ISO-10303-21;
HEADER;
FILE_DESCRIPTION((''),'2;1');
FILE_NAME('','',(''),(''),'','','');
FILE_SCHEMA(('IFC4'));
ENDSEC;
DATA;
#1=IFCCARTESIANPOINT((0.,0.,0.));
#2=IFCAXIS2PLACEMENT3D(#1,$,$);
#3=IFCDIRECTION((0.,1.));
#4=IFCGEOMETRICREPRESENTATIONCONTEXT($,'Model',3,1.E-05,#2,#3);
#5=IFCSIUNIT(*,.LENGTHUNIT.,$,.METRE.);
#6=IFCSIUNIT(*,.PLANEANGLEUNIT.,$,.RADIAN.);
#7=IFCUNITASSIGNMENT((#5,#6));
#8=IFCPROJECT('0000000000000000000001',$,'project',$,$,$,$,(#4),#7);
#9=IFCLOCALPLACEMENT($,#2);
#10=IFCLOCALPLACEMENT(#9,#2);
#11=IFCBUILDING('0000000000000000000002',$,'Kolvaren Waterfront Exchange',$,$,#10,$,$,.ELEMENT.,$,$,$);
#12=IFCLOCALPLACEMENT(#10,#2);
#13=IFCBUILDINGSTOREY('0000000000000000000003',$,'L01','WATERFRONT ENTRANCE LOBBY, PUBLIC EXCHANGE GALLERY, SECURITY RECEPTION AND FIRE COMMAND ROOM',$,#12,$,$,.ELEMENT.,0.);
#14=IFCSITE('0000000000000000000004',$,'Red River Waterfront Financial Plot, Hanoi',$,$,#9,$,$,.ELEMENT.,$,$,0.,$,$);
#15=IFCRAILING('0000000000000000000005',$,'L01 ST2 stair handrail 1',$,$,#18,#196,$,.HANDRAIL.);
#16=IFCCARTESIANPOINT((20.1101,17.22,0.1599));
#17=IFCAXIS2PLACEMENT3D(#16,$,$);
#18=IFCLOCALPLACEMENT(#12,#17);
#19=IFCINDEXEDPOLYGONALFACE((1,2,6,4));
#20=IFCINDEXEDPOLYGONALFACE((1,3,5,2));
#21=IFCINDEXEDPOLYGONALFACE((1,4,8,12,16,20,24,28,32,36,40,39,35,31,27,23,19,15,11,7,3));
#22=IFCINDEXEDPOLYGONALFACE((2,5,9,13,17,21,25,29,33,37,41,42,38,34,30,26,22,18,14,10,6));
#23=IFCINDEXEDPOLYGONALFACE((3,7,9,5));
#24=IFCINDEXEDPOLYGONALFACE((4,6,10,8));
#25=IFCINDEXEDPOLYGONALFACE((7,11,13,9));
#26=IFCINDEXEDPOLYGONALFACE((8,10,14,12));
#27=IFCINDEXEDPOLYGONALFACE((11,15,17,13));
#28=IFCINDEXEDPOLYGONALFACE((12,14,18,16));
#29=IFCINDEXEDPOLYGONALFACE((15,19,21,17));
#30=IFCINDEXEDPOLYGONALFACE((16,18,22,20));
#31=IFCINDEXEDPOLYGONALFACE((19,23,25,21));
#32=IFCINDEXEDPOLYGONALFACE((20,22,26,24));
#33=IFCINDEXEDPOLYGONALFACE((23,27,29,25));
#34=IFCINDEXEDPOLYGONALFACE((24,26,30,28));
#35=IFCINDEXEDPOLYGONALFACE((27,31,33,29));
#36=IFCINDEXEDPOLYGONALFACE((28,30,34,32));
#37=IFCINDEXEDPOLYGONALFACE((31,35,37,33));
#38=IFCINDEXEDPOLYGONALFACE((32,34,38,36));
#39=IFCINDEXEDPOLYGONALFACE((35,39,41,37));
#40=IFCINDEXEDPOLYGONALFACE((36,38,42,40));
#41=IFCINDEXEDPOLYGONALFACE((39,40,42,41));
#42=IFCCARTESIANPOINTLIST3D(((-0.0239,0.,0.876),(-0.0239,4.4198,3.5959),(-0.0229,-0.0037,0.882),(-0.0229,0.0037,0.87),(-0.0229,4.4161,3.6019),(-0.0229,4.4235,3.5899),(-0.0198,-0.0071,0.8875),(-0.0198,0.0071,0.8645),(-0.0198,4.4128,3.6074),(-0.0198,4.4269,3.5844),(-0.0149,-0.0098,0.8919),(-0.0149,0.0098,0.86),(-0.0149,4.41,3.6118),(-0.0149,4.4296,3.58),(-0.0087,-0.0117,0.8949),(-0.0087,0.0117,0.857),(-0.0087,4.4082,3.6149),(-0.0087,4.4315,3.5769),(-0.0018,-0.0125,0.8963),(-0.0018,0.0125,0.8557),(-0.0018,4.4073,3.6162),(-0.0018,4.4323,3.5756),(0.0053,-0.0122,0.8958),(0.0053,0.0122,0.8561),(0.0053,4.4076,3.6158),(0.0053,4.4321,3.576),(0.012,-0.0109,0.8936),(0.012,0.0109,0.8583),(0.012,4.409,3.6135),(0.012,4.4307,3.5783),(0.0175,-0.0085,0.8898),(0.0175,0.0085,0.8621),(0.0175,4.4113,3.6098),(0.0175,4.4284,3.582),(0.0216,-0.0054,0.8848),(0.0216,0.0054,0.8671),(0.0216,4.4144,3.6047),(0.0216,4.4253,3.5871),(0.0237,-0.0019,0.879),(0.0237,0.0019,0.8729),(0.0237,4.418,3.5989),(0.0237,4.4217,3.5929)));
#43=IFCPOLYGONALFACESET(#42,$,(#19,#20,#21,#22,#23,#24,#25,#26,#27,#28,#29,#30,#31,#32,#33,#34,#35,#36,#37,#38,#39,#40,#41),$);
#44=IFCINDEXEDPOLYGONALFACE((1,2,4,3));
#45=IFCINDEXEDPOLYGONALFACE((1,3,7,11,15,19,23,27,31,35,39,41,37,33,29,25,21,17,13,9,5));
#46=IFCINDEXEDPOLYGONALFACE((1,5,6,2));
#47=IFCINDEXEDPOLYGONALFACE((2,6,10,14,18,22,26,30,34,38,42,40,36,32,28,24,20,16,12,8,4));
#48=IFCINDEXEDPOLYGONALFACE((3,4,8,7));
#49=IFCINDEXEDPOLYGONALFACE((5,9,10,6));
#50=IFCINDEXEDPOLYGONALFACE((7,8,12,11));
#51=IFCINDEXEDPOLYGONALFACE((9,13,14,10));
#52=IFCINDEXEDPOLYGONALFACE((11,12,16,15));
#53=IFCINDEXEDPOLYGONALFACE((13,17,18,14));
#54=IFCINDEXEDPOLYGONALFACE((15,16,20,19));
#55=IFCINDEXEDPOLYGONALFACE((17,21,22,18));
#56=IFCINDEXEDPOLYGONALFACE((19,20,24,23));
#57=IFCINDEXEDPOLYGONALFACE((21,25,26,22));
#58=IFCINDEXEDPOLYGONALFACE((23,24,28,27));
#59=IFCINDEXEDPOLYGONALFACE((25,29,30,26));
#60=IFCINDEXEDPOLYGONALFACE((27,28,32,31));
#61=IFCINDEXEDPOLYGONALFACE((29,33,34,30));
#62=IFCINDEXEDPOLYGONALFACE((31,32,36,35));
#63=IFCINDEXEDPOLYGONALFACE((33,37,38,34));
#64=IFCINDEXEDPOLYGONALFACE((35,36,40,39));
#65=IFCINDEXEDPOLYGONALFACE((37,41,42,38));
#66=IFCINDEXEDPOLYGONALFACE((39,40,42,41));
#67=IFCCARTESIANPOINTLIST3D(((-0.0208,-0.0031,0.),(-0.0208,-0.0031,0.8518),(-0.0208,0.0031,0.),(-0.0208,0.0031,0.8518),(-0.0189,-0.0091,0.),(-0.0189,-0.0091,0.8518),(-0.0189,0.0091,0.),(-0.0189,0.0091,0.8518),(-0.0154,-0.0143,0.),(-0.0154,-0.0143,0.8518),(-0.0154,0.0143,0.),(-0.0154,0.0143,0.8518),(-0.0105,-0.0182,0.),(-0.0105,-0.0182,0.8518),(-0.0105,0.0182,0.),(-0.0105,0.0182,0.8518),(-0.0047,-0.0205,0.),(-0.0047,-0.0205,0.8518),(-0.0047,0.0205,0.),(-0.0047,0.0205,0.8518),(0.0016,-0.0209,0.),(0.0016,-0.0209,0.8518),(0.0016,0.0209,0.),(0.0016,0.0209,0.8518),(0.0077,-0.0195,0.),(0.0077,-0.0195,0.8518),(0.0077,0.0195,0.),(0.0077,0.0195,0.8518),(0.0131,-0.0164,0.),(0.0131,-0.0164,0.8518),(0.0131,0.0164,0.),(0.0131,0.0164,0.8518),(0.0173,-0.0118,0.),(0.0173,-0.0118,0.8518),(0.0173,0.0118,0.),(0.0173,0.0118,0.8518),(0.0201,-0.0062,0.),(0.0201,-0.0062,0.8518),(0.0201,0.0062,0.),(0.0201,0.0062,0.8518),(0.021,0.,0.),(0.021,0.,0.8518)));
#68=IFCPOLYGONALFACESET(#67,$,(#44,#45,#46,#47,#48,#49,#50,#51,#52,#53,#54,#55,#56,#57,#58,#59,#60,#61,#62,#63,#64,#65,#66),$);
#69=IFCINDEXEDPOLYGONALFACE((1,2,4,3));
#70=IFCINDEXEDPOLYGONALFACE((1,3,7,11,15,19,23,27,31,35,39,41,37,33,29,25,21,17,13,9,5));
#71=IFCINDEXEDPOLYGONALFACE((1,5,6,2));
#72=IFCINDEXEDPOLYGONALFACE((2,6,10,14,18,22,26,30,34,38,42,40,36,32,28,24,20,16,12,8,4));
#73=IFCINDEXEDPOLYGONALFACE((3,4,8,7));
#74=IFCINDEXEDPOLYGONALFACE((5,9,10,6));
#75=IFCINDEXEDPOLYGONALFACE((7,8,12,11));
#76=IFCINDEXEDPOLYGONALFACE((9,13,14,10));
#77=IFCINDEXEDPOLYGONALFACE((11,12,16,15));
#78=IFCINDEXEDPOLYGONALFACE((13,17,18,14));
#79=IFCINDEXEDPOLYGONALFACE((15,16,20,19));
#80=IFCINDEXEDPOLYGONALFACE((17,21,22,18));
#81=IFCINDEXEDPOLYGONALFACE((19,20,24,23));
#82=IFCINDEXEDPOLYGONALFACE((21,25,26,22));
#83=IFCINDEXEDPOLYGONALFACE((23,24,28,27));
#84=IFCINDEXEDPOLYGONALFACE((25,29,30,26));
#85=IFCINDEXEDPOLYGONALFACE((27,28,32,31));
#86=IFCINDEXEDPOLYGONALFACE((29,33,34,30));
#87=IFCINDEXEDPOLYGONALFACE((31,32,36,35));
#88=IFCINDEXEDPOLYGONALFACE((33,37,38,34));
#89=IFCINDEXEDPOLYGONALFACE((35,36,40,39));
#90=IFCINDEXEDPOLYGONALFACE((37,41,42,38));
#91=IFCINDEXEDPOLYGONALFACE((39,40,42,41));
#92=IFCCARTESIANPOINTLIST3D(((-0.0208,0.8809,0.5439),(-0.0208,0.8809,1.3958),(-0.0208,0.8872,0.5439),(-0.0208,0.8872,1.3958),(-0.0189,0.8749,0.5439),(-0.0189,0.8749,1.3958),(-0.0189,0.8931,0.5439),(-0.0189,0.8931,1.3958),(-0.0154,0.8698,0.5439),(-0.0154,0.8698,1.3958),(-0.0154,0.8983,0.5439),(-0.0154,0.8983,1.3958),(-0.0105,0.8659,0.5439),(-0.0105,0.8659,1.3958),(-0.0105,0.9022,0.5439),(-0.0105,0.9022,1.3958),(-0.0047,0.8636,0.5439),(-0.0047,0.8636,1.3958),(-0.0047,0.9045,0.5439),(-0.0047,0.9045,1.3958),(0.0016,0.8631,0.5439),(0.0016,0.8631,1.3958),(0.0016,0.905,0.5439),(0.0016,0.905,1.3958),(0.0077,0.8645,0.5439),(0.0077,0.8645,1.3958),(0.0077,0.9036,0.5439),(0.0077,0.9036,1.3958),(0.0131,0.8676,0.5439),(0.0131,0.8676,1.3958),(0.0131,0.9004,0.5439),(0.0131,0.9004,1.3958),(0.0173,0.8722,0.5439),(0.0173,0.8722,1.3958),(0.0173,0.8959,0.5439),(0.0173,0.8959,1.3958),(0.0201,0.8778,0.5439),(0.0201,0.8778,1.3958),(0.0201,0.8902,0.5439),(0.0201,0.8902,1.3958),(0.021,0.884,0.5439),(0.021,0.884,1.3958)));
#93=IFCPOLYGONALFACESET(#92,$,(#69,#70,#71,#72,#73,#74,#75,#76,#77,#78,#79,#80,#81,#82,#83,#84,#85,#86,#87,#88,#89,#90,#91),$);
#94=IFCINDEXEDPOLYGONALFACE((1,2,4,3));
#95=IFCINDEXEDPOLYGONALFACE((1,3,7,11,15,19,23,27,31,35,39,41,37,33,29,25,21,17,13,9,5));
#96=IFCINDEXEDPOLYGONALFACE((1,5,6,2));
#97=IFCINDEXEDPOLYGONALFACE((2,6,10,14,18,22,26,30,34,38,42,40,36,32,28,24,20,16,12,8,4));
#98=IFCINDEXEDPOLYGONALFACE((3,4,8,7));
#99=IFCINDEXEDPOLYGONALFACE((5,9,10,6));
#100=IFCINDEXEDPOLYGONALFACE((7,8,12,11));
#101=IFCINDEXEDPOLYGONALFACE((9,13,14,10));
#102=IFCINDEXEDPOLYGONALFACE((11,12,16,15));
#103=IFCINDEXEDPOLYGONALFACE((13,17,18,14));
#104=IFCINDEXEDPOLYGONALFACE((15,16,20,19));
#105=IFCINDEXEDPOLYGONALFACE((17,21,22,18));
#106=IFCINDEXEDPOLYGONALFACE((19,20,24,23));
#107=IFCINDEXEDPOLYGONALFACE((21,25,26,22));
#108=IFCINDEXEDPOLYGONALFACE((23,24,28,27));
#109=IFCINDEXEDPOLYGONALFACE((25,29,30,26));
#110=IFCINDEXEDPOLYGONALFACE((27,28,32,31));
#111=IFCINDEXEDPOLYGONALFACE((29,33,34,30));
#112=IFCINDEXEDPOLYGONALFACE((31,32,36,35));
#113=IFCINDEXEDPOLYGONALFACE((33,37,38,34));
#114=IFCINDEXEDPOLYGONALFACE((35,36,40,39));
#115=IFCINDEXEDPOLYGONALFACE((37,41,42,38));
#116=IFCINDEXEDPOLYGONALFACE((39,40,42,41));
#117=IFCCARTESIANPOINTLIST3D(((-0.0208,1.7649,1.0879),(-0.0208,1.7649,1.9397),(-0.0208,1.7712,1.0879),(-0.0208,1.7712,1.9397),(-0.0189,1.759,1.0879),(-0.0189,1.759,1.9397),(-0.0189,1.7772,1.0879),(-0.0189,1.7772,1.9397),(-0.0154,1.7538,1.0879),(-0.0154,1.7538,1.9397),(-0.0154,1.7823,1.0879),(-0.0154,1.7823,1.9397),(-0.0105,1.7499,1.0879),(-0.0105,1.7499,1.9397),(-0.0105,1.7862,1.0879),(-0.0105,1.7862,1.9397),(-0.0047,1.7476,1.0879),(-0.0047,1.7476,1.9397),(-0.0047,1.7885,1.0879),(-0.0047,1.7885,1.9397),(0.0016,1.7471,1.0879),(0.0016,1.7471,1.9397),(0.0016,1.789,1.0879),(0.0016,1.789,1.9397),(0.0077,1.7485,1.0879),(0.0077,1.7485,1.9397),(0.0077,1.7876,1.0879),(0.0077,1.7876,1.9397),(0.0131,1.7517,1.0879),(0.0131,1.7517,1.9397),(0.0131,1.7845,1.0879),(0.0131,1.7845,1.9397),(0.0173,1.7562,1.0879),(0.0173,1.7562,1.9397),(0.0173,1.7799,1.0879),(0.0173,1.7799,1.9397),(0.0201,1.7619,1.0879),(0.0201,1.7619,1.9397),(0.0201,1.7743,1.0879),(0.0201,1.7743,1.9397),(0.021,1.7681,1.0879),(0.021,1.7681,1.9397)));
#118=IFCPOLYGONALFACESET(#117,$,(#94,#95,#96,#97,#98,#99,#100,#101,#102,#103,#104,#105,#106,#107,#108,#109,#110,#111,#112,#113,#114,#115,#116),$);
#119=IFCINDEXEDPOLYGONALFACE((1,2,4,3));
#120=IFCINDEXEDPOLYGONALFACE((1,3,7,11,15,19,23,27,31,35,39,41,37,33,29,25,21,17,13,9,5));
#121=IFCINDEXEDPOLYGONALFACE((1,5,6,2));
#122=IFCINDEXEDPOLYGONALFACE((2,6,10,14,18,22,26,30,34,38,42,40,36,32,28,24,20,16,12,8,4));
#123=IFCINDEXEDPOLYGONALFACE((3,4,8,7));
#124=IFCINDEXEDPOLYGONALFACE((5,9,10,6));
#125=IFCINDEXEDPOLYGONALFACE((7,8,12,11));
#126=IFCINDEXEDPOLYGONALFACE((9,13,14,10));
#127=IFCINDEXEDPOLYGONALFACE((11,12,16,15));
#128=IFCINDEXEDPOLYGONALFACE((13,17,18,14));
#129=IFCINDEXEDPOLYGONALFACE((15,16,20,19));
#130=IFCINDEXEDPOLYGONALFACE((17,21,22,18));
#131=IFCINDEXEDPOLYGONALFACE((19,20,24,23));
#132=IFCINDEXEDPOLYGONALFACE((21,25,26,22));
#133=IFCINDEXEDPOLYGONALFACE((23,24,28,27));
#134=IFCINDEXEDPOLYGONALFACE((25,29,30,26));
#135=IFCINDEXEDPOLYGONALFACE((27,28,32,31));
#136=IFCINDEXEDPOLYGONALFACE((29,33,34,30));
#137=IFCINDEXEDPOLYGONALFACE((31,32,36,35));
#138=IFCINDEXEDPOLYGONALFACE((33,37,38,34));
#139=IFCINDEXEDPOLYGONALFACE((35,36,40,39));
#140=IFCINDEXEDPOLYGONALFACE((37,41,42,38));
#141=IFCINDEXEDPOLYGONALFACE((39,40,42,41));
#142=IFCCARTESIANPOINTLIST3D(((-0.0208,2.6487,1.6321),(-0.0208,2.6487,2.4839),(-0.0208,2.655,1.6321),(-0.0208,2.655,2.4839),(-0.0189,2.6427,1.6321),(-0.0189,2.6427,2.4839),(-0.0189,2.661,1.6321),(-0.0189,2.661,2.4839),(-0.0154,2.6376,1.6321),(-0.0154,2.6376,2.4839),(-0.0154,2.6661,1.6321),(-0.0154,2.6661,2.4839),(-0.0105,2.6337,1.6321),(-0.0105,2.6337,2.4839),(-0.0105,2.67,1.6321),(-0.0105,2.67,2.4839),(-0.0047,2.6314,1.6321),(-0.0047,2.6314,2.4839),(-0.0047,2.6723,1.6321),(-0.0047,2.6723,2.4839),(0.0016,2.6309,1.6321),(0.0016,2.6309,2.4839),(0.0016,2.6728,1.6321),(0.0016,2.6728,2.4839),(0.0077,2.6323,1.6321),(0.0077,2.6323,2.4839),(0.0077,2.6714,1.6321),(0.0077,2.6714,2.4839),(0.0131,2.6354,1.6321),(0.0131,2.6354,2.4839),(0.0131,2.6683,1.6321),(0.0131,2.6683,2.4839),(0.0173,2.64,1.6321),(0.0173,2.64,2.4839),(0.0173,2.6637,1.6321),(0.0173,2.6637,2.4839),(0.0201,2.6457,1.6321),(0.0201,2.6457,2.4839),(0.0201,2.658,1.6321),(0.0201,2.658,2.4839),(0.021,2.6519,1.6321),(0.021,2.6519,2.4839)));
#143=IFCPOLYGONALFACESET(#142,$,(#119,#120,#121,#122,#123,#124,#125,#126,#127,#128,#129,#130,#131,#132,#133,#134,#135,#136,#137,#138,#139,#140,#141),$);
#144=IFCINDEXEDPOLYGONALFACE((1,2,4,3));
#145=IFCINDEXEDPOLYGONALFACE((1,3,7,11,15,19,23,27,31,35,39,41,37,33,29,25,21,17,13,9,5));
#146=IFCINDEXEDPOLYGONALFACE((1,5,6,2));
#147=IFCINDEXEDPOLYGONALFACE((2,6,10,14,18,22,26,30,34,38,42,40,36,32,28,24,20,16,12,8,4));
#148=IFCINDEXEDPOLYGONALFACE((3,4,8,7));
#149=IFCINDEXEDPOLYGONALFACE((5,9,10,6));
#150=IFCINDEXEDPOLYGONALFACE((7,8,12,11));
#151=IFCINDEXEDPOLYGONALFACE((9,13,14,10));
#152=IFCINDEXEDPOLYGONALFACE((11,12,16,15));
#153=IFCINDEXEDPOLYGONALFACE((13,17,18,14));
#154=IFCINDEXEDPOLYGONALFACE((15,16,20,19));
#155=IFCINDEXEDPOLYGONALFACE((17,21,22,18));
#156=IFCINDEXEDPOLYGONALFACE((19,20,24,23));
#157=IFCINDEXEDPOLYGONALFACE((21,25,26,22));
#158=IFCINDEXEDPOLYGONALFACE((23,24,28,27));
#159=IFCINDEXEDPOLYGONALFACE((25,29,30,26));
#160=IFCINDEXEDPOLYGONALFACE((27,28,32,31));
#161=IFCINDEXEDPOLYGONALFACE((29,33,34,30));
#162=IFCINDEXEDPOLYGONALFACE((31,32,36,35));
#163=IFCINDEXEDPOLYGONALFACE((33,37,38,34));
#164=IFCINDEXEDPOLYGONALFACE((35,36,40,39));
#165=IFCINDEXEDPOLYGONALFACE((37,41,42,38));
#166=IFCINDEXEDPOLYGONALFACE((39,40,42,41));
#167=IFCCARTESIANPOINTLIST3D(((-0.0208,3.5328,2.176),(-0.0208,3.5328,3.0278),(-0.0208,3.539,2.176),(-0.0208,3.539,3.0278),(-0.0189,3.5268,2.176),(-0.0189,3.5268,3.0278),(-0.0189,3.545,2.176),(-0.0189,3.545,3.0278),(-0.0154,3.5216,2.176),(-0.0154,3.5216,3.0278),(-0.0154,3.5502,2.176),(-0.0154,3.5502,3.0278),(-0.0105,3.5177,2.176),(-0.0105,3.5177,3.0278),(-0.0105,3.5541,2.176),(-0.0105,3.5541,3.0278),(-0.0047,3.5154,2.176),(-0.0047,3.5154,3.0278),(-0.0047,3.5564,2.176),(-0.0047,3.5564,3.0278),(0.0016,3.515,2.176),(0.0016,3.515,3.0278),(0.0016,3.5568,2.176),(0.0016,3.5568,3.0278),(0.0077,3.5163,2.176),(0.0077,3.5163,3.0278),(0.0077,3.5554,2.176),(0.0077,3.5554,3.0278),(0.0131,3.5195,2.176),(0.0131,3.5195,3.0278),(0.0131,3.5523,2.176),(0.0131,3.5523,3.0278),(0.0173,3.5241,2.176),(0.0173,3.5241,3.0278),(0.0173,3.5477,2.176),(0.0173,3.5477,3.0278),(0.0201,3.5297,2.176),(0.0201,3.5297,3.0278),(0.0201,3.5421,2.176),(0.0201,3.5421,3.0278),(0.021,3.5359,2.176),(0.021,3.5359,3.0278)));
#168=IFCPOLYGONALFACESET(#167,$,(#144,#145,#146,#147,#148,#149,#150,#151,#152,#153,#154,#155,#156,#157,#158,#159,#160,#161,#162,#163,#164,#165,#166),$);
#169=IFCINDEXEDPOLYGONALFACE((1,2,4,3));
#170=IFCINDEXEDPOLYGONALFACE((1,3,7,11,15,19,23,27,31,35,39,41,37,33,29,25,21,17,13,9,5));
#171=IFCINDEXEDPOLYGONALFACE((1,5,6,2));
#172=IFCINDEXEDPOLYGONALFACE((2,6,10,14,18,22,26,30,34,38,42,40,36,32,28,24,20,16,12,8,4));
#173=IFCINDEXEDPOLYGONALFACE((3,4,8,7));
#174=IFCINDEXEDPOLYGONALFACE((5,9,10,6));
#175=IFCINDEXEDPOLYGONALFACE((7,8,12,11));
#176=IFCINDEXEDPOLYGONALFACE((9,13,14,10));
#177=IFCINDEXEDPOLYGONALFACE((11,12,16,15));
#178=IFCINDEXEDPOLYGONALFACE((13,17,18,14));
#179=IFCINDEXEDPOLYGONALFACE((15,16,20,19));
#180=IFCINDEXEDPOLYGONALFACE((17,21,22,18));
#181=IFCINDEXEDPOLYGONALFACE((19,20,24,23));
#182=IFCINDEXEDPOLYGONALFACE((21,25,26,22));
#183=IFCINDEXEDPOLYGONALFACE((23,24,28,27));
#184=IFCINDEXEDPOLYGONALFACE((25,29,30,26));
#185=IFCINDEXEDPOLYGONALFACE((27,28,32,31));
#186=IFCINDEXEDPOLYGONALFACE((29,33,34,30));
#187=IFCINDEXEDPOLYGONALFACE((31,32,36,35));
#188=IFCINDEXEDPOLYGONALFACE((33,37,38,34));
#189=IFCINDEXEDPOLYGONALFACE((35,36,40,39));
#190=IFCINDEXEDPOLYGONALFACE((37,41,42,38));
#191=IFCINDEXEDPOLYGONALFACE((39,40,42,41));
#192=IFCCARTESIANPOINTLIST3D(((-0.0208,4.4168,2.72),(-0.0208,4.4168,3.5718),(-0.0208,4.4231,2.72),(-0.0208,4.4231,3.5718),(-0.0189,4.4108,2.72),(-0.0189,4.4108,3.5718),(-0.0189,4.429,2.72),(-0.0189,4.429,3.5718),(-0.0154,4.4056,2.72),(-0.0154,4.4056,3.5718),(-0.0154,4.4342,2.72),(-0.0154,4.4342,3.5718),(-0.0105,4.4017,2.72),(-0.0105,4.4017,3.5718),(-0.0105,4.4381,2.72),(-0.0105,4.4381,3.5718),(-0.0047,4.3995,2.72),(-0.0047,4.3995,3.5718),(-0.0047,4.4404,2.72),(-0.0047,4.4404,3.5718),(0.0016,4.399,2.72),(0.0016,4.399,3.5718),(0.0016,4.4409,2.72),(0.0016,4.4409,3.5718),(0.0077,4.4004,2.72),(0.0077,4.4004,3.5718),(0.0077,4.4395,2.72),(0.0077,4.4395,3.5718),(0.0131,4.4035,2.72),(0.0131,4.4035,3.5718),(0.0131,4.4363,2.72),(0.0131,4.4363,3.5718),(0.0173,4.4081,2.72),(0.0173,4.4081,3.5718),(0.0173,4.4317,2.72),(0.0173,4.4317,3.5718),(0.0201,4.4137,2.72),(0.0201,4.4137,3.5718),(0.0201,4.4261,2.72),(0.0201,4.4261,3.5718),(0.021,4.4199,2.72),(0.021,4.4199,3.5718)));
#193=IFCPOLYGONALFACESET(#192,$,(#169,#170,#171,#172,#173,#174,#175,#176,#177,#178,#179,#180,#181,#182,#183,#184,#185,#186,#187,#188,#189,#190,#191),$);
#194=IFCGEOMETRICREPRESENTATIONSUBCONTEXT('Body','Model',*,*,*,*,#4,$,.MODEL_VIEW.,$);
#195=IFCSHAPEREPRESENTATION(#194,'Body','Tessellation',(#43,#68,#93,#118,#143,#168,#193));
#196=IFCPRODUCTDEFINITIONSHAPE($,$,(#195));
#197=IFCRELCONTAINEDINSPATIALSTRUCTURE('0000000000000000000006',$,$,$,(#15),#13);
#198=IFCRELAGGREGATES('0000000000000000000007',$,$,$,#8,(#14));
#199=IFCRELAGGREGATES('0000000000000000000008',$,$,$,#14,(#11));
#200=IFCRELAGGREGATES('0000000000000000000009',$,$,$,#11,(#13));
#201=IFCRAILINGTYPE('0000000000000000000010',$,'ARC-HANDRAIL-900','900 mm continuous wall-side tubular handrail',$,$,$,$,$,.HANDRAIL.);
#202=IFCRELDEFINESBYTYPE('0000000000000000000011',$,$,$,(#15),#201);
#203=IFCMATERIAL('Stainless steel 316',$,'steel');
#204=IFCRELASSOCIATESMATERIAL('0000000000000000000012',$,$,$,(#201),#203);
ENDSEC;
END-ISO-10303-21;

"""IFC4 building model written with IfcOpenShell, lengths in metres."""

from ifc_helpers import new_model, si_unit, direction, frame, origin, origin_2d, place, context, subcontext, project, spatial, circle, extrude, material, type_object, element, save


model = new_model("IFC4")

# Units and contexts
model_context = context("Model", 3, precision=1e-05, world=origin(), true_north=direction((0.0, 1.0)))
body_context = subcontext(model_context, "Body", "Model", "MODEL_VIEW")
ifc_project = project(units=[si_unit("LENGTHUNIT", "METRE"), si_unit("PLANEANGLEUNIT", "RADIAN")], contexts=[model_context])

# Site, building, storey
site_placement = place(None, origin())
site = spatial("IfcSite", under=ifc_project, at=site_placement, Name="Red River Waterfront Financial Plot, Hanoi", CompositionType="ELEMENT", RefElevation=0.0)
building_placement = place(site_placement, origin())
building = spatial("IfcBuilding", under=site, at=building_placement, Name="Kolvaren Waterfront Exchange", CompositionType="ELEMENT")
storey_placement = place(building_placement, origin())
storey = spatial("IfcBuildingStorey", under=building, at=storey_placement, Name="L01", Description="WATERFRONT ENTRANCE LOBBY, PUBLIC EXCHANGE GALLERY, SECURITY RECEPTION AND FIRE COMMAND ROOM", CompositionType="ELEMENT", Elevation=0.0)

# Railing
ifc_material_1 = material(Name="Stainless steel 316", Category="steel")
railing_type_1 = type_object("IfcRailingType", Name="ARC-HANDRAIL-900", Description="900 mm continuous wall-side tubular handrail", PredefinedType="HANDRAIL", material=ifc_material_1)
railing_1_placement = place(storey_placement, frame((20.1101, 17.22, 0.1599)))
element("IfcRailing", 1, at=railing_1_placement, inside=storey, type_object=railing_type_1, Name="L01 ST2 stair handrail 1", PredefinedType="HANDRAIL", context=body_context, shape_type="SweptSolid", body=[
    extrude(circle(Radius=0.0239, at=origin_2d()), frame((0.0, 0.0, 0.876), z_axis=(0.0, 0.851657, 0.5241), x_axis=(-1.0, 0.0, 0.0)), (0.0, 0.0, 1.0), 5.1897),
    extrude(circle(Radius=0.021, at=origin_2d()), origin(), (0.0, 0.0, 1.0), 0.8518),
    extrude(circle(Radius=0.021, at=origin_2d()), frame((0.0, 0.884, 0.5439)), (0.0, 0.0, 1.0), 0.8518),
    extrude(circle(Radius=0.021, at=origin_2d()), frame((0.0, 1.7681, 1.0879)), (0.0, 0.0, 1.0), 0.8518),
    extrude(circle(Radius=0.021, at=origin_2d()), frame((0.0, 2.6519, 1.6321)), (0.0, 0.0, 1.0), 0.8518),
    extrude(circle(Radius=0.021, at=origin_2d()), frame((0.0, 3.5359, 2.176)), (0.0, 0.0, 1.0), 0.8518),
    extrude(circle(Radius=0.021, at=origin_2d()), frame((0.0, 4.4199, 2.72)), (0.0, 0.0, 1.0), 0.8518),
])

save(model, "model.ifc")
